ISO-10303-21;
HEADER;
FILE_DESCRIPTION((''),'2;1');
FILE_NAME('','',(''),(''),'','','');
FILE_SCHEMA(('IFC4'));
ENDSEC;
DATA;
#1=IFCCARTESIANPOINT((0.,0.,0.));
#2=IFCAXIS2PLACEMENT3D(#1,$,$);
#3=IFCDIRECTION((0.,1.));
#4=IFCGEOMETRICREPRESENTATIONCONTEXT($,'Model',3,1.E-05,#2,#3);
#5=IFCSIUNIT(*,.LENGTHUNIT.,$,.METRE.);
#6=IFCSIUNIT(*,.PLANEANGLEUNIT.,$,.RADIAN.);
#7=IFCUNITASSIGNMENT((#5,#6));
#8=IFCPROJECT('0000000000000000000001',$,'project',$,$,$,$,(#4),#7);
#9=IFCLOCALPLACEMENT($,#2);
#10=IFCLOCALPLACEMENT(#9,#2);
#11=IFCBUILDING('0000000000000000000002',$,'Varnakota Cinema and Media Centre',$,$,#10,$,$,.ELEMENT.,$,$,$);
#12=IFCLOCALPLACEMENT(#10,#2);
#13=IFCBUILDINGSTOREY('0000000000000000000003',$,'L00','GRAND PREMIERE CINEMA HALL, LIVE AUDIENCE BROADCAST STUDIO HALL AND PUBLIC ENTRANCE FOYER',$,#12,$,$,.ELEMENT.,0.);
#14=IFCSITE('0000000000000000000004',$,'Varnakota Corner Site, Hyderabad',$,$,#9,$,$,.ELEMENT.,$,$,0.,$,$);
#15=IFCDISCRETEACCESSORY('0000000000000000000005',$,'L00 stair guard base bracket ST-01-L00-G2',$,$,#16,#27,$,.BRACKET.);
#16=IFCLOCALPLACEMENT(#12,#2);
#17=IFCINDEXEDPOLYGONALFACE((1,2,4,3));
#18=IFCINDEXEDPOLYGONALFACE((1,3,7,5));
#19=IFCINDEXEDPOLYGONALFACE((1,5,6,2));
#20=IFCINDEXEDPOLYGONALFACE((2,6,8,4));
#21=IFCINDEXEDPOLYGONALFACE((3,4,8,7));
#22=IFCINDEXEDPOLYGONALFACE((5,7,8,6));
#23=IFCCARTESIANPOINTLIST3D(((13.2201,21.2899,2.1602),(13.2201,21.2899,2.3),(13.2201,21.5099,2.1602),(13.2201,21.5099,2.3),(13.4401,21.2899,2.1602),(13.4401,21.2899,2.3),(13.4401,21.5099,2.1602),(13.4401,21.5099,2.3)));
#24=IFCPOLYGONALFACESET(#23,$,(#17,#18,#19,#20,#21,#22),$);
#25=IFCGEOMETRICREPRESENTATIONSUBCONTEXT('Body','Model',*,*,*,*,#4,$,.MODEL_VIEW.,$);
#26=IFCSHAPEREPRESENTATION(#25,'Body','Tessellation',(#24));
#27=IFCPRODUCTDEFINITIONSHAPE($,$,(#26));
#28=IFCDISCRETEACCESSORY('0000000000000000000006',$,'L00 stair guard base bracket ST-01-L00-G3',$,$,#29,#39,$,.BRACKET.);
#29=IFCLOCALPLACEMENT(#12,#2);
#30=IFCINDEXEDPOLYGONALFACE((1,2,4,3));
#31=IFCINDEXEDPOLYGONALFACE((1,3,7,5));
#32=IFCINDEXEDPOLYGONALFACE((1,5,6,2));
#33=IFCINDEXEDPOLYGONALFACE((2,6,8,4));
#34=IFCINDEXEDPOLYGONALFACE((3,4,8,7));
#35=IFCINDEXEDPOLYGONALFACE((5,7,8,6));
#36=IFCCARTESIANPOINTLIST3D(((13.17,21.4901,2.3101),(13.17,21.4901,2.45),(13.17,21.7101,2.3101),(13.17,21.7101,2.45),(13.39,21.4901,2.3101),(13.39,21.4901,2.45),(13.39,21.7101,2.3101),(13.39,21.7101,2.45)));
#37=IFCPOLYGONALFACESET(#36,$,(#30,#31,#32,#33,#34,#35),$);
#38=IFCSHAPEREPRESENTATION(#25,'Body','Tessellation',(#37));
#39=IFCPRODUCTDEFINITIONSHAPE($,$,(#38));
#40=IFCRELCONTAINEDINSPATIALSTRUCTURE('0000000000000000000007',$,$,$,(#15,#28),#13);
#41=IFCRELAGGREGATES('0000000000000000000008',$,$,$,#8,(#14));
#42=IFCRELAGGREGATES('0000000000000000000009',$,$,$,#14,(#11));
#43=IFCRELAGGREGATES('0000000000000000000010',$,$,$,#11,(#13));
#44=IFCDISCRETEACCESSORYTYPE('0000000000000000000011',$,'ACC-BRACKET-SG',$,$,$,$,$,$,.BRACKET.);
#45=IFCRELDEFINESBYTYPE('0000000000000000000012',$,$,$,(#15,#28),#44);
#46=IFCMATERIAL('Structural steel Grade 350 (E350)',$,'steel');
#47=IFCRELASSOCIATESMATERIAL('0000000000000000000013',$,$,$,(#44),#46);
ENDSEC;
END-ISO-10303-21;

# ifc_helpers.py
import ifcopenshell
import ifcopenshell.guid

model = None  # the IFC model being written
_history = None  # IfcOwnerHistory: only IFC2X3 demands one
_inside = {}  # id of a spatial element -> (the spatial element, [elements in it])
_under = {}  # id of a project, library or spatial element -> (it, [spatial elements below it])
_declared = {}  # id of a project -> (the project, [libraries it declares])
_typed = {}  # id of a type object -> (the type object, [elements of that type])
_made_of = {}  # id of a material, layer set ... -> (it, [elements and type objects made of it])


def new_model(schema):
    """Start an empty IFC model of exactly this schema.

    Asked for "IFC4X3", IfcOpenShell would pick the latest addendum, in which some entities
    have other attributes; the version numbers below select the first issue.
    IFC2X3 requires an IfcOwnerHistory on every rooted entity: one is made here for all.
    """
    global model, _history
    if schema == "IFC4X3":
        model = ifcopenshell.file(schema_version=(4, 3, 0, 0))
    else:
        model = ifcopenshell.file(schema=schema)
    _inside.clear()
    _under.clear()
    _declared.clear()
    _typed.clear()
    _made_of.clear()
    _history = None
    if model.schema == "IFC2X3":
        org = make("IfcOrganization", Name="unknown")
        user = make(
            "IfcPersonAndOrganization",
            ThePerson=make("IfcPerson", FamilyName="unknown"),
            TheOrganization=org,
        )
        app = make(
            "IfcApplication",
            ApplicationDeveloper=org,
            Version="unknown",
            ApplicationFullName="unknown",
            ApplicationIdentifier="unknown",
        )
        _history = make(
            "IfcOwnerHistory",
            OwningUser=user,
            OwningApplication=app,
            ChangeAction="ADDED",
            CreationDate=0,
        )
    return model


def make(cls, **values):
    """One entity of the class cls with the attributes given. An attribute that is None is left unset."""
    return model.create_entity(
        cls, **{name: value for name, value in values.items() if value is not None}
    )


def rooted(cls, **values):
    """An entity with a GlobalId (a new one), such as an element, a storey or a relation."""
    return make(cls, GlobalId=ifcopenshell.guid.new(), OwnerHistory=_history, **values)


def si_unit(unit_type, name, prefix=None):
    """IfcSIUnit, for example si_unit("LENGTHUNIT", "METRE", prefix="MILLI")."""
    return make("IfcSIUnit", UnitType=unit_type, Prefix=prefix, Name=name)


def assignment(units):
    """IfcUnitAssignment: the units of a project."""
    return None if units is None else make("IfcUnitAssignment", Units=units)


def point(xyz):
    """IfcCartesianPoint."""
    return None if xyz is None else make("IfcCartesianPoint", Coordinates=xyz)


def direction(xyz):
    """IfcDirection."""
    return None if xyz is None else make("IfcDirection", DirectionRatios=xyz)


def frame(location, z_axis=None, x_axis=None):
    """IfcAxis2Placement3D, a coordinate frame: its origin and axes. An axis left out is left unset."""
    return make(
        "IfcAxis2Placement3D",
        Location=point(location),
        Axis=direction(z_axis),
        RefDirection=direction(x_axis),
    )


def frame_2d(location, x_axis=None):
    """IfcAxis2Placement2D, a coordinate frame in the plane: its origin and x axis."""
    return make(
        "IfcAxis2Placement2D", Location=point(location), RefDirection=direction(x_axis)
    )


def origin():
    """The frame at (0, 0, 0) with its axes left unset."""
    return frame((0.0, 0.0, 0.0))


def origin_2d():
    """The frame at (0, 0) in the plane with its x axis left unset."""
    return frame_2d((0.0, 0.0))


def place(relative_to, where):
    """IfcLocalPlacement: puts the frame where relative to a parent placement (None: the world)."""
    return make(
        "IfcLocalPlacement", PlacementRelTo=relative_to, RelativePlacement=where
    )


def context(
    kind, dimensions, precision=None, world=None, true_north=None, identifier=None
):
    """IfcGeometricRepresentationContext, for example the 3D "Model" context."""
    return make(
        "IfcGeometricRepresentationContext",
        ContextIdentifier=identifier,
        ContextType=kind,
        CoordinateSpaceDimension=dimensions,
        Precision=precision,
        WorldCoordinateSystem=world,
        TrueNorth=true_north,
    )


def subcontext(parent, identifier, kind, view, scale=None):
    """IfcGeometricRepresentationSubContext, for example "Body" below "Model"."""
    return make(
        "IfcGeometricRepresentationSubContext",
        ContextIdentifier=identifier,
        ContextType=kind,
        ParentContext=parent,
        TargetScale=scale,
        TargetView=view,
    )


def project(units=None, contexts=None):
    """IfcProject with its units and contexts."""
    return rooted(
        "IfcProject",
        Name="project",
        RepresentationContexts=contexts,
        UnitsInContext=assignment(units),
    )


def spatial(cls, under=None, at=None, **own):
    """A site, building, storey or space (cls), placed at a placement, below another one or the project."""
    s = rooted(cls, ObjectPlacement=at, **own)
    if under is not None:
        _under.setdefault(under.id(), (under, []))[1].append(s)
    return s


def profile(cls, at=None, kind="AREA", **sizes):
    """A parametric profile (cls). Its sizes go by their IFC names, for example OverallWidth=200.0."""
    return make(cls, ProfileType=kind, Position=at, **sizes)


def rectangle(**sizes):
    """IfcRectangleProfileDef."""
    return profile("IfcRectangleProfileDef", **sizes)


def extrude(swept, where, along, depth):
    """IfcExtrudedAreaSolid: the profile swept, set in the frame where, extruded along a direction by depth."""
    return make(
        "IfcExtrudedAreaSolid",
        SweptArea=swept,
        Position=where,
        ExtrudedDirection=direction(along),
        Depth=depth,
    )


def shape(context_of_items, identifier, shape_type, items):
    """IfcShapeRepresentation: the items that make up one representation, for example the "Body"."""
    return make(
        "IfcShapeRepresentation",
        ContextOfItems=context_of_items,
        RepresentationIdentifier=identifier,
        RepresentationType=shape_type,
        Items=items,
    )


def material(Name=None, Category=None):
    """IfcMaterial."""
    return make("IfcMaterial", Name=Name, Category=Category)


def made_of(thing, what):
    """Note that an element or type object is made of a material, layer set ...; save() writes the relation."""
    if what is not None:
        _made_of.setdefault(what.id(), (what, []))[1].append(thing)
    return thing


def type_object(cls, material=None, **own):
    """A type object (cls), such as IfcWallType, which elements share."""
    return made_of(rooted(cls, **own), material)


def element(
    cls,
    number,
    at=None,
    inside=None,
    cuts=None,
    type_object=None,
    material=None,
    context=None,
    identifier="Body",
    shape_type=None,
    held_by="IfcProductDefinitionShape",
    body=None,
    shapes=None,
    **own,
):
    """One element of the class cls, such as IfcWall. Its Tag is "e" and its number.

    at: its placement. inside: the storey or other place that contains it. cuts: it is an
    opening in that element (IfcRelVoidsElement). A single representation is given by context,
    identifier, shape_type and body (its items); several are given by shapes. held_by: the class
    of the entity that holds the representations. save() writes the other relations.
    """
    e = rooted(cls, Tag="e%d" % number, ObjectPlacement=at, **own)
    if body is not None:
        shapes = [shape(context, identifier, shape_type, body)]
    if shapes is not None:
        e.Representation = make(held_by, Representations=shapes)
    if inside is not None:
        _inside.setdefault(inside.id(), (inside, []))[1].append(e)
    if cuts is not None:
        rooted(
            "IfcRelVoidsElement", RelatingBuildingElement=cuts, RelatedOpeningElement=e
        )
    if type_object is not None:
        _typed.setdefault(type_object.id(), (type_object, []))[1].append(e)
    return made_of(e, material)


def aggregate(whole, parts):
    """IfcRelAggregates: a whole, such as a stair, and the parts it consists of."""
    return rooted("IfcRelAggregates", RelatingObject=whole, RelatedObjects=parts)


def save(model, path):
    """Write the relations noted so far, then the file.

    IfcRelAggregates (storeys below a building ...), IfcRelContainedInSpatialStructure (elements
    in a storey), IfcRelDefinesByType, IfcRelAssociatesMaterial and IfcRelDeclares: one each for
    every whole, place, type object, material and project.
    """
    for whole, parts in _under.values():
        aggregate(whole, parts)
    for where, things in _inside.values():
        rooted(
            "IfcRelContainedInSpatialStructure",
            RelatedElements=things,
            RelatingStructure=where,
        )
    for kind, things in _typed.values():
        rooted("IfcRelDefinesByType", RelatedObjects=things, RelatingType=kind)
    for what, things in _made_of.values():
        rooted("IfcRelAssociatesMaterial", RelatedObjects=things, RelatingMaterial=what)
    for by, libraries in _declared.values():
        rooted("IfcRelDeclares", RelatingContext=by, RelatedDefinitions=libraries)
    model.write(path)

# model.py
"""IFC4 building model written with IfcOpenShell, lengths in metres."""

from ifc_helpers import new_model, si_unit, direction, frame, origin, origin_2d, place, context, subcontext, project, spatial, rectangle, extrude, material, type_object, element, save


model = new_model("IFC4")

# Units and contexts
model_context = context("Model", 3, precision=1e-05, world=origin(), true_north=direction((0.0, 1.0)))
body_context = subcontext(model_context, "Body", "Model", "MODEL_VIEW")
ifc_project = project(units=[si_unit("LENGTHUNIT", "METRE"), si_unit("PLANEANGLEUNIT", "RADIAN")], contexts=[model_context])

# Site, building, storey
site_placement = place(None, origin())
site = spatial("IfcSite", under=ifc_project, at=site_placement, Name="Varnakota Corner Site, Hyderabad", CompositionType="ELEMENT", RefElevation=0.0)
building_placement = place(site_placement, origin())
building = spatial("IfcBuilding", under=site, at=building_placement, Name="Varnakota Cinema and Media Centre", CompositionType="ELEMENT")
storey_placement = place(building_placement, origin())
storey = spatial("IfcBuildingStorey", under=building, at=storey_placement, Name="L00", Description="GRAND PREMIERE CINEMA HALL, LIVE AUDIENCE BROADCAST STUDIO HALL AND PUBLIC ENTRANCE FOYER", CompositionType="ELEMENT", Elevation=0.0)

# Discrete accessories
ifc_material_1 = material(Name="Structural steel Grade 350 (E350)", Category="steel")
discrete_accessory_type = type_object("IfcDiscreteAccessoryType", Name="ACC-BRACKET-SG", PredefinedType="BRACKET", material=ifc_material_1)
for number, where, z_axis, x_axis, name in (
    (1, (13.3301, 21.3999, 2.1602), (0.0, 0.0, 1.0), (1.0, 0.0, 0.0), "L00 stair guard base bracket ST-01-L00-G2"),
    (2, (13.28, 21.6001, 2.3101), (0.0, 0.0, 1.0), (1.0, 0.0, 0.0), "L00 stair guard base bracket ST-01-L00-G3"),
):
    element("IfcDiscreteAccessory", number, at=place(storey_placement, frame(where, z_axis=z_axis, x_axis=x_axis)), inside=storey, type_object=discrete_accessory_type, Name=name, PredefinedType="BRACKET", context=body_context, shape_type="SweptSolid", body=[
        extrude(rectangle(XDim=0.22, YDim=0.22, at=origin_2d()), origin(), (0.0, 0.0, 1.0), 0.1399),
    ])

save(model, "model.ifc")
